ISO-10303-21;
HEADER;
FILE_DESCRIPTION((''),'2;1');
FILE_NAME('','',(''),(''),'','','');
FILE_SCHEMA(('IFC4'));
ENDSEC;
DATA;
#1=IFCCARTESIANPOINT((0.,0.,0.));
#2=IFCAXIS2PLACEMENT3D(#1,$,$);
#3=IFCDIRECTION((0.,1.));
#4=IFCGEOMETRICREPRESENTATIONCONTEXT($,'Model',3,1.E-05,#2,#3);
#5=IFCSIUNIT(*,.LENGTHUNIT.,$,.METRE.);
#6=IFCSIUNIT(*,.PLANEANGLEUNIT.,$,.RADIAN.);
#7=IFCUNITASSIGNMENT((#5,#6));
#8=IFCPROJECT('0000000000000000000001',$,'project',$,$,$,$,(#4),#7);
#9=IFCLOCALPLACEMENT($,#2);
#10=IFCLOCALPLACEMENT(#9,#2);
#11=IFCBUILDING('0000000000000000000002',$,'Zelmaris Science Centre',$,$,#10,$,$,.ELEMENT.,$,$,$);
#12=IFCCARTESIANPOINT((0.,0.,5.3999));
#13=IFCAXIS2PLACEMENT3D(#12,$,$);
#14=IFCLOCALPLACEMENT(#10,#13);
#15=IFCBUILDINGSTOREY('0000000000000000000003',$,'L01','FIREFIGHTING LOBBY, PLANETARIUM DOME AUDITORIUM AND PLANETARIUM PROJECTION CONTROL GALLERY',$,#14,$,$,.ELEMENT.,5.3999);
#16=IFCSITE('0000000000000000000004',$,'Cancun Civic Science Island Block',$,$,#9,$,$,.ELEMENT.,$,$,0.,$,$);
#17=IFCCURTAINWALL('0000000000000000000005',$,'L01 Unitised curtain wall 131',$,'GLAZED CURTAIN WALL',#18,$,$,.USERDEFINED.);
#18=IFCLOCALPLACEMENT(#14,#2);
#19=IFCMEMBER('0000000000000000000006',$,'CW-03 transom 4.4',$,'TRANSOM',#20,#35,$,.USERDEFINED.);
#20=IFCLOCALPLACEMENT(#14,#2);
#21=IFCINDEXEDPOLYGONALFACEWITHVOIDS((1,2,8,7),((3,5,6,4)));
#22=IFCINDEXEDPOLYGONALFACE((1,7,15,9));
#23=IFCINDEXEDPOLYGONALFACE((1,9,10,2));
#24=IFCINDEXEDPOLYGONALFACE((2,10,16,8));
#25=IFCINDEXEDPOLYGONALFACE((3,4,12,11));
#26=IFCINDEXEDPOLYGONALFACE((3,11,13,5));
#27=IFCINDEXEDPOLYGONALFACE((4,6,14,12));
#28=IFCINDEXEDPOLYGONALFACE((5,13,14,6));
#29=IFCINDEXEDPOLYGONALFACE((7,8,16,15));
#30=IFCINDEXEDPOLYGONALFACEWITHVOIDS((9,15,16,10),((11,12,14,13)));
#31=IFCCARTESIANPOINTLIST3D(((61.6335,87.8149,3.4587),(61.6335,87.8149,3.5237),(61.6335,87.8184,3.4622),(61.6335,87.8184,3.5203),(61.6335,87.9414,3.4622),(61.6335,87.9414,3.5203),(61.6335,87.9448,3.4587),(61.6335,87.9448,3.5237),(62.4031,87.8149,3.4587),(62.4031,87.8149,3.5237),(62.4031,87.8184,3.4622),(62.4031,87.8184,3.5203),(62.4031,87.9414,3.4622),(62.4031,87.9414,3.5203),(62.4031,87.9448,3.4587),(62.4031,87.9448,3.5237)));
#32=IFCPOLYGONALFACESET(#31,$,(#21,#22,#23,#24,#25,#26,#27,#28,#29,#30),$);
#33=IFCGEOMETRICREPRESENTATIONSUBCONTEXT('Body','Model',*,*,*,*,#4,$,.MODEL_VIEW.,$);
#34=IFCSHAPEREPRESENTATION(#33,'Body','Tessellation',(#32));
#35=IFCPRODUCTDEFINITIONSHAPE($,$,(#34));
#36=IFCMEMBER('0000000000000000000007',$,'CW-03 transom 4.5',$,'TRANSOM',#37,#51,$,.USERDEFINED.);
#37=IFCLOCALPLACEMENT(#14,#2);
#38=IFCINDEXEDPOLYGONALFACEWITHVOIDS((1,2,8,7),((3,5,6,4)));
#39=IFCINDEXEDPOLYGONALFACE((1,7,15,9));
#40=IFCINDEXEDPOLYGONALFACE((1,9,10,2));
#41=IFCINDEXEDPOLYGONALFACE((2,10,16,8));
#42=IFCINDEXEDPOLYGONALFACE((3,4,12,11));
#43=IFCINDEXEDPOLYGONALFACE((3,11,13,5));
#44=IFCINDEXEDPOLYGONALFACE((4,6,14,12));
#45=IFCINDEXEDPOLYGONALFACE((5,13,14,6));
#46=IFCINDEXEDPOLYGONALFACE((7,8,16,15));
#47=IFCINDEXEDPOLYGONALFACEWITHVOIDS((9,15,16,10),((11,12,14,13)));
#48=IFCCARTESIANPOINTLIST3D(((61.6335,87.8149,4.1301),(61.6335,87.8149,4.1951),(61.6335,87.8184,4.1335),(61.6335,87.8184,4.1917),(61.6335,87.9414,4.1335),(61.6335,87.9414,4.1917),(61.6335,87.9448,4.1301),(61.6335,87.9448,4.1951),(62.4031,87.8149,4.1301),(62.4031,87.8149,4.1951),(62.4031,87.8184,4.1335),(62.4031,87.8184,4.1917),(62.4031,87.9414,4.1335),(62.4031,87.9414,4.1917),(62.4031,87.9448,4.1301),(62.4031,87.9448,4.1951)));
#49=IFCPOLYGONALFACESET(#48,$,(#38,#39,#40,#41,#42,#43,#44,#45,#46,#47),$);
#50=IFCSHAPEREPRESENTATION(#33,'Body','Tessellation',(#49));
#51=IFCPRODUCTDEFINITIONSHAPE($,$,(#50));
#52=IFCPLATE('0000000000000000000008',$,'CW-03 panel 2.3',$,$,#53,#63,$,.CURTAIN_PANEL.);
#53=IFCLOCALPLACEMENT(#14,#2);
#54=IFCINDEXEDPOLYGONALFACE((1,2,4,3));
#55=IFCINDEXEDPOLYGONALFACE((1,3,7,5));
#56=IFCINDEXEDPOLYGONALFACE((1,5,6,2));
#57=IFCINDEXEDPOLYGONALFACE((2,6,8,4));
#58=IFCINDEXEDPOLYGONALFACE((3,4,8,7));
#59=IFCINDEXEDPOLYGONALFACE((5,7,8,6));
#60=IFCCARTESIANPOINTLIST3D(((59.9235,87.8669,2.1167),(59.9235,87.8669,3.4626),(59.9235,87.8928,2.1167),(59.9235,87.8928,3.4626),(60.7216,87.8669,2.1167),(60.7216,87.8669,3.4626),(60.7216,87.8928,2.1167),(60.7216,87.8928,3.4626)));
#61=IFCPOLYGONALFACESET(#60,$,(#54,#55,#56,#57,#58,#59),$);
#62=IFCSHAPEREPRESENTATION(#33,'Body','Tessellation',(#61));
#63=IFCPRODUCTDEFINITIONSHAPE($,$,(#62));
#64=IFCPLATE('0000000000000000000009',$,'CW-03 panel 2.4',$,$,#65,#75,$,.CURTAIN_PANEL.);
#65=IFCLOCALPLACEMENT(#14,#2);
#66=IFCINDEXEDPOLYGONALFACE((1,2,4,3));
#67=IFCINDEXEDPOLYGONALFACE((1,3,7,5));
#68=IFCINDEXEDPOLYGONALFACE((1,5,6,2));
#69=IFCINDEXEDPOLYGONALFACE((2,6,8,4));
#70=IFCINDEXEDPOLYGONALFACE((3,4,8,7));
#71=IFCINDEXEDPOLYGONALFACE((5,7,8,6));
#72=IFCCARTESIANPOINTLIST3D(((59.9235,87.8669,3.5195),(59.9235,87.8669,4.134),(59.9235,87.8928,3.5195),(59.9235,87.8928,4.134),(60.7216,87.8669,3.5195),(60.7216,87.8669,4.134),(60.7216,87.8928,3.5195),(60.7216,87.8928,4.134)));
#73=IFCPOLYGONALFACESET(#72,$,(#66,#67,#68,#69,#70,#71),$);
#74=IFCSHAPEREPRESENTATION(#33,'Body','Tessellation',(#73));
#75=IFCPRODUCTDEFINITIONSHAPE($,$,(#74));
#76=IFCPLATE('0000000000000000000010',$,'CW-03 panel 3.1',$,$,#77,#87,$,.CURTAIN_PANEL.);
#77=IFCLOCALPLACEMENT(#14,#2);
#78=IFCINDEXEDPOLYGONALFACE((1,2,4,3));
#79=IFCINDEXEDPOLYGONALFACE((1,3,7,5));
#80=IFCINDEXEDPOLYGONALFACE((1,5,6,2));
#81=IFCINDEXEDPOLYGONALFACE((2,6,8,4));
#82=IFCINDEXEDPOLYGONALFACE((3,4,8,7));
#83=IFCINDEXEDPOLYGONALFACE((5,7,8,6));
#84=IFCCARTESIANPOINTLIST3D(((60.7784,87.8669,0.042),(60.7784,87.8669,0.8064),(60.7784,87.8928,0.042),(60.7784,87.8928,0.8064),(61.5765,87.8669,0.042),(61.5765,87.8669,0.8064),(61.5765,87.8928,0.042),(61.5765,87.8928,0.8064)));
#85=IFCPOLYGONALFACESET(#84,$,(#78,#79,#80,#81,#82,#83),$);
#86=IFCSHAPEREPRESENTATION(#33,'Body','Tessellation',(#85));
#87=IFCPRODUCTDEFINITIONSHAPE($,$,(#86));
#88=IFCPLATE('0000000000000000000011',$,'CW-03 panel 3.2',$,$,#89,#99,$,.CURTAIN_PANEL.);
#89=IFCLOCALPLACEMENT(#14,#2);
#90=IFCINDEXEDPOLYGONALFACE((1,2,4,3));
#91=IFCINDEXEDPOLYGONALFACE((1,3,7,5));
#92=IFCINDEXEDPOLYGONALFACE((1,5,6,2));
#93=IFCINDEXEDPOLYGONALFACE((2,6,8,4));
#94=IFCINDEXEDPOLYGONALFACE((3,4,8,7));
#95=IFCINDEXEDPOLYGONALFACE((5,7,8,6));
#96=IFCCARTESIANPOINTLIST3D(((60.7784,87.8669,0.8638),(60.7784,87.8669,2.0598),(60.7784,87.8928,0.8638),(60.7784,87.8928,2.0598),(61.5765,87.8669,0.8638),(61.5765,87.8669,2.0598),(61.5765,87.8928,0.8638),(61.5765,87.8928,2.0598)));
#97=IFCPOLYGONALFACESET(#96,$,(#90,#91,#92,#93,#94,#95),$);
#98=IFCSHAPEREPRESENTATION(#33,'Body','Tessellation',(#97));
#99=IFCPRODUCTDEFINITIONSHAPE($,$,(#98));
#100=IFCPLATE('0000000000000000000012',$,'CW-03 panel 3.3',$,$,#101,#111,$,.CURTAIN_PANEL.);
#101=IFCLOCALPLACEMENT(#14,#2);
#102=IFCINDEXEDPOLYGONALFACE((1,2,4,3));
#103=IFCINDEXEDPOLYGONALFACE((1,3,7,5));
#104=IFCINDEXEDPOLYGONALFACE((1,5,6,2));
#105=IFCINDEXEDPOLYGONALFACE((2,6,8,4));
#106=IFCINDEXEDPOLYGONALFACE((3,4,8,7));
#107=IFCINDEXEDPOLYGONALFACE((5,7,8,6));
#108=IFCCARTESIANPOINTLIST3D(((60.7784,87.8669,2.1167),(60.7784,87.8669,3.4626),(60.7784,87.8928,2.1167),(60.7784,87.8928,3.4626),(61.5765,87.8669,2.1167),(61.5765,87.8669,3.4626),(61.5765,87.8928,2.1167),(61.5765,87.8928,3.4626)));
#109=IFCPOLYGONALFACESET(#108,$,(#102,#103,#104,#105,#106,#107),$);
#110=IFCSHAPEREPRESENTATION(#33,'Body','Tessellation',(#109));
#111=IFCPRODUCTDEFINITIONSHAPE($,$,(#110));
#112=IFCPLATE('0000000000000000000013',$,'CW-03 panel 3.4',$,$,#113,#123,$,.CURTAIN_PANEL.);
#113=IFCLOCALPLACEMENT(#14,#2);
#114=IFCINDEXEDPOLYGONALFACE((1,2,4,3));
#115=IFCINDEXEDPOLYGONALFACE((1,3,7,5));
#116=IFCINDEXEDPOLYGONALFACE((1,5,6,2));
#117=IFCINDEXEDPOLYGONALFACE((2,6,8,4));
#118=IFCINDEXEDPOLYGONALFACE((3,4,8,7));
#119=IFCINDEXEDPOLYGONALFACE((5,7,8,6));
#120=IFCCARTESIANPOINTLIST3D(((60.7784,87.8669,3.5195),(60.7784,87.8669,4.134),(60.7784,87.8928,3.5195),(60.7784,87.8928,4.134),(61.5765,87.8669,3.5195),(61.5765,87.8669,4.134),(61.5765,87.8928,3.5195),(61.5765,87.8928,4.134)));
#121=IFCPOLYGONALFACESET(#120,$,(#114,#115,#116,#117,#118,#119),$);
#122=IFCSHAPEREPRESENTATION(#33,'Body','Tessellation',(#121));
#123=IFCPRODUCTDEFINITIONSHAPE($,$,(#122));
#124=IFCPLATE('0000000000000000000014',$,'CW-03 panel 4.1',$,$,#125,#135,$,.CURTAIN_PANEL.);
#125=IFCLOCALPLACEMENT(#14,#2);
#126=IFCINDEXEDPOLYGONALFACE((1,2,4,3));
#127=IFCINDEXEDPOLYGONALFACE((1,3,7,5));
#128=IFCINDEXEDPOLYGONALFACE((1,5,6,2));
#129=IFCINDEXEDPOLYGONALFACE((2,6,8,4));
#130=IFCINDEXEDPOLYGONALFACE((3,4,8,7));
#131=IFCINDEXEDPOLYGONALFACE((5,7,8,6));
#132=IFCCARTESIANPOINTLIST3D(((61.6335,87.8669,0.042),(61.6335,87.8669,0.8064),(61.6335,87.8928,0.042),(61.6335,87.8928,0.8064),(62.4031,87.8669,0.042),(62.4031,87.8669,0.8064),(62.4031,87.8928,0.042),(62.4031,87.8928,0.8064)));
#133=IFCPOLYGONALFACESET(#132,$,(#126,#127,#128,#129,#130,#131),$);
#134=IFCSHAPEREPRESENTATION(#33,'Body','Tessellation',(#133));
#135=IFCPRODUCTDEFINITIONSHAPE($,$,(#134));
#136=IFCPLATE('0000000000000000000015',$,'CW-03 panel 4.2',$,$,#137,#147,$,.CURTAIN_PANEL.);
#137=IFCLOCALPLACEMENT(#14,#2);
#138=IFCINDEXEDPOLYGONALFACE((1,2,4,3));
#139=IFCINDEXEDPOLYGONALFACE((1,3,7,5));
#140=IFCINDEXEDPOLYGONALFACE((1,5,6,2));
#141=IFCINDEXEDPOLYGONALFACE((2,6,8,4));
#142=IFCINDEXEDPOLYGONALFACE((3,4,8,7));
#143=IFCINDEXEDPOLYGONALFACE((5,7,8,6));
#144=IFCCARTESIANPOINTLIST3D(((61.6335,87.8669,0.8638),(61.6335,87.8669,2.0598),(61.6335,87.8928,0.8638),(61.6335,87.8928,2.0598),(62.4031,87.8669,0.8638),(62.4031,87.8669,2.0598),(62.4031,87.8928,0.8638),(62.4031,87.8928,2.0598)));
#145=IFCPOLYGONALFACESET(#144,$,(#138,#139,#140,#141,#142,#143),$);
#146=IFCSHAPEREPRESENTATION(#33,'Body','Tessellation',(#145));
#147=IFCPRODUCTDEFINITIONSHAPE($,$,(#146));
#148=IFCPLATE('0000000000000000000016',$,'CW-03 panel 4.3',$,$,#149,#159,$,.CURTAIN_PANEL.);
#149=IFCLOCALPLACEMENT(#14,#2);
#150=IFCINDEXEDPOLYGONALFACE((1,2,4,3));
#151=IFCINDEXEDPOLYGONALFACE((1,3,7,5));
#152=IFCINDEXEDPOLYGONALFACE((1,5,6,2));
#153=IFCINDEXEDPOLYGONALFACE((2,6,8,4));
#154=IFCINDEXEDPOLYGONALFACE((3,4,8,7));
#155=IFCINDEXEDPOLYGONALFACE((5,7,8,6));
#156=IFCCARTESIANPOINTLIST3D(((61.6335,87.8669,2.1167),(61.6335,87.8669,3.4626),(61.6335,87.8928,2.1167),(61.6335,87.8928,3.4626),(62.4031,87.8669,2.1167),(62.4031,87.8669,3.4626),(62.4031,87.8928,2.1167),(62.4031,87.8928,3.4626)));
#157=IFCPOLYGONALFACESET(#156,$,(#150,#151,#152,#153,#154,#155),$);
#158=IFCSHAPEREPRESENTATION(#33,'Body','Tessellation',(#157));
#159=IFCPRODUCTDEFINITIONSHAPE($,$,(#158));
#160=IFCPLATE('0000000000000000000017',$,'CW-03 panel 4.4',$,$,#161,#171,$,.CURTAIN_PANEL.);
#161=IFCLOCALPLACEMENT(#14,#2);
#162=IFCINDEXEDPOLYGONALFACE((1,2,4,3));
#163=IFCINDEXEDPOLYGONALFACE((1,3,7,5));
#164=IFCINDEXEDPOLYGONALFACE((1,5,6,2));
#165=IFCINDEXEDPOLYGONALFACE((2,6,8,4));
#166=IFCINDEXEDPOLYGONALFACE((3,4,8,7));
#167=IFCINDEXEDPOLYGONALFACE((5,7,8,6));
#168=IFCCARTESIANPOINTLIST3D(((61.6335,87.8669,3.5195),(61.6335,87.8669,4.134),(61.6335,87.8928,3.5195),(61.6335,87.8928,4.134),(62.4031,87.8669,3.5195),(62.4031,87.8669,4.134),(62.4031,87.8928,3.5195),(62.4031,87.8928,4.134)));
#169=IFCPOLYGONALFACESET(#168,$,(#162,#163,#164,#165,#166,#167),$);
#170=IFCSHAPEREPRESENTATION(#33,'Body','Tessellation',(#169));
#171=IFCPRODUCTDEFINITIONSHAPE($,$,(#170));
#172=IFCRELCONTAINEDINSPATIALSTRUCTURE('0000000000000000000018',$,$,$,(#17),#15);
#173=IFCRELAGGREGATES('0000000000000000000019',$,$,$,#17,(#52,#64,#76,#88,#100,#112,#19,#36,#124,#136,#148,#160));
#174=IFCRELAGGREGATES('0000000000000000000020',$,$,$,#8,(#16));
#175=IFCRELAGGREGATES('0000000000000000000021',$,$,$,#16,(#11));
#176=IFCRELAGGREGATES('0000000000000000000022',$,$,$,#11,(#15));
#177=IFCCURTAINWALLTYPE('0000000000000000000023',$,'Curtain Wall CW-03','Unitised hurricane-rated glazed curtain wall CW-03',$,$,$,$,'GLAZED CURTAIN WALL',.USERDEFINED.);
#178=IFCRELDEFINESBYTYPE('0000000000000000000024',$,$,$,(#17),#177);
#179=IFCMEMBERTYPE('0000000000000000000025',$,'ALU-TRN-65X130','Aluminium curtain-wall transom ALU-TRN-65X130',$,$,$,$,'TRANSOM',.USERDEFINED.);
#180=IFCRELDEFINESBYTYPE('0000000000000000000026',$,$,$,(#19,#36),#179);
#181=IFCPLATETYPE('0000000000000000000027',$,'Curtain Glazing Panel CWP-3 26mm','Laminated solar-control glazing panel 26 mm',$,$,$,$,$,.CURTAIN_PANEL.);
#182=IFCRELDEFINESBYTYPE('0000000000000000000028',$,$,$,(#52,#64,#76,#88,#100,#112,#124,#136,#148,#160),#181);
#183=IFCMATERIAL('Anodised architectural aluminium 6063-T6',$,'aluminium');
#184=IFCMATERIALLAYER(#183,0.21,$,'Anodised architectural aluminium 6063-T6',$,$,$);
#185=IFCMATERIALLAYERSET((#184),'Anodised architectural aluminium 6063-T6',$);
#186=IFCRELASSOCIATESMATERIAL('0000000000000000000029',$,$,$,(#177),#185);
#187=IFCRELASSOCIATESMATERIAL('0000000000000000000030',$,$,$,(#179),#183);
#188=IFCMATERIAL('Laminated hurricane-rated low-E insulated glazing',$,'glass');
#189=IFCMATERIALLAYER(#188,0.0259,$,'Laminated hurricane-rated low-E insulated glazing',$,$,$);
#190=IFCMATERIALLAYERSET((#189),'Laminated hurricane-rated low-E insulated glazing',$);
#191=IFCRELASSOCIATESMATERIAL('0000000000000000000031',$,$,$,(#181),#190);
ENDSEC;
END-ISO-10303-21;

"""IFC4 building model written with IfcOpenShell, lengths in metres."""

from ifc_helpers import new_model, si_unit, direction, frame, origin, origin_2d, place, context, subcontext, project, spatial, rectangle, hollow_rectangle, extrude, material, layer, layer_set, material_profile, profile_set, type_object, element, aggregate, save


model = new_model("IFC4")

# Units and contexts
model_context = context("Model", 3, precision=1e-05, world=origin(), true_north=direction((0.0, 1.0)))
body_context = subcontext(model_context, "Body", "Model", "MODEL_VIEW")
ifc_project = project(units=[si_unit("LENGTHUNIT", "METRE"), si_unit("PLANEANGLEUNIT", "RADIAN")], contexts=[model_context])

# Site, building, storey
site_placement = place(None, origin())
site = spatial("IfcSite", under=ifc_project, at=site_placement, Name="Cancun Civic Science Island Block", CompositionType="ELEMENT", RefElevation=0.0)
building_placement = place(site_placement, origin())
building = spatial("IfcBuilding", under=site, at=building_placement, Name="Zelmaris Science Centre", CompositionType="ELEMENT")
storey_placement = place(building_placement, frame((0.0, 0.0, 5.3999)))
storey = spatial("IfcBuildingStorey", under=building, at=storey_placement, Name="L01", Description="FIREFIGHTING LOBBY, PLANETARIUM DOME AUDITORIUM AND PLANETARIUM PROJECTION CONTROL GALLERY", CompositionType="ELEMENT", Elevation=5.3999)

# Curtain wall, members, plates
ifc_material_1 = material(Name="Anodised architectural aluminium 6063-T6", Category="aluminium")
ifc_layer_1 = layer(ifc_material_1, 0.21, Name="Anodised architectural aluminium 6063-T6")
ifc_layer_set_1 = layer_set([ifc_layer_1], Name="Anodised architectural aluminium 6063-T6")
curtain_wall_type = type_object("IfcCurtainWallType", Name="Curtain Wall CW-03", Description="Unitised hurricane-rated glazed curtain wall CW-03", ElementType="GLAZED CURTAIN WALL", PredefinedType="USERDEFINED", material=ifc_layer_set_1)
curtain_wall_placement = place(storey_placement, origin())
curtain_wall = element("IfcCurtainWall", 1, at=curtain_wall_placement, inside=storey, type_object=curtain_wall_type, Name="L01 Unitised curtain wall 131", ObjectType="GLAZED CURTAIN WALL", PredefinedType="USERDEFINED")
ifc_material_profile_1 = material_profile(ifc_material_1, hollow_rectangle(XDim=0.0649, YDim=0.1299, WallThickness=0.0034, at=origin_2d()), Name="ALU-TRN-65X130")
ifc_profile_set_1 = profile_set([ifc_material_profile_1], Name="Anodised architectural aluminium 6063-T6")
member_type_1 = type_object("IfcMemberType", Name="ALU-TRN-65X130", Description="Aluminium curtain-wall transom ALU-TRN-65X130", ElementType="TRANSOM", PredefinedType="USERDEFINED", material=ifc_profile_set_1)
member_1_placement = place(storey_placement, frame((61.6335, 87.8799, 3.4912), z_axis=(1.0, 0.0, 0.0), x_axis=(0.0, 0.0, 1.0)))
member_1 = element("IfcMember", 2, at=member_1_placement, type_object=member_type_1, Name="CW-03 transom 4.4", ObjectType="TRANSOM", PredefinedType="USERDEFINED", context=body_context, shape_type="SweptSolid", body=[
    extrude(hollow_rectangle(XDim=0.0649, YDim=0.1299, WallThickness=0.0034, at=origin_2d()), origin(), (0.0, 0.0, 1.0), 0.7695),
])
member_2_placement = place(storey_placement, frame((61.6335, 87.8799, 4.1626), z_axis=(1.0, 0.0, 0.0), x_axis=(0.0, 0.0, 1.0)))
member_2 = element("IfcMember", 3, at=member_2_placement, type_object=member_type_1, Name="CW-03 transom 4.5", ObjectType="TRANSOM", PredefinedType="USERDEFINED", context=body_context, shape_type="SweptSolid", body=[
    extrude(hollow_rectangle(XDim=0.0649, YDim=0.1299, WallThickness=0.0034, at=origin_2d()), origin(), (0.0, 0.0, 1.0), 0.7695),
])
ifc_material_2 = material(Name="Laminated hurricane-rated low-E insulated glazing", Category="glass")
ifc_layer_2 = layer(ifc_material_2, 0.0259, Name="Laminated hurricane-rated low-E insulated glazing")
ifc_layer_set_2 = layer_set([ifc_layer_2], Name="Laminated hurricane-rated low-E insulated glazing")
plate_type = type_object("IfcPlateType", Name="Curtain Glazing Panel CWP-3 26mm", Description="Laminated solar-control glazing panel 26 mm", PredefinedType="CURTAIN_PANEL", material=ifc_layer_set_2)
plate_1_placement = place(storey_placement, frame((60.3225, 87.8799, 2.1167), z_axis=(0.0, 0.0, 1.0), x_axis=(1.0, 0.0, 0.0)))
plate_1 = element("IfcPlate", 4, at=plate_1_placement, type_object=plate_type, Name="CW-03 panel 2.3", PredefinedType="CURTAIN_PANEL", context=body_context, shape_type="SweptSolid", body=[
    extrude(rectangle(XDim=0.7981, YDim=0.0259, at=origin_2d()), origin(), (0.0, 0.0, 1.0), 1.3459),
])
plate_2_placement = place(storey_placement, frame((60.3225, 87.8799, 3.5195), z_axis=(0.0, 0.0, 1.0), x_axis=(1.0, 0.0, 0.0)))
plate_2 = element("IfcPlate", 5, at=plate_2_placement, type_object=plate_type, Name="CW-03 panel 2.4", PredefinedType="CURTAIN_PANEL", context=body_context, shape_type="SweptSolid", body=[
    extrude(rectangle(XDim=0.7981, YDim=0.0259, at=origin_2d()), origin(), (0.0, 0.0, 1.0), 0.6145),
])
plate_3_placement = place(storey_placement, frame((61.1775, 87.8799, 0.042), z_axis=(0.0, 0.0, 1.0), x_axis=(1.0, 0.0, 0.0)))
plate_3 = element("IfcPlate", 6, at=plate_3_placement, type_object=plate_type, Name="CW-03 panel 3.1", PredefinedType="CURTAIN_PANEL", context=body_context, shape_type="SweptSolid", body=[
    extrude(rectangle(XDim=0.7981, YDim=0.0259, at=origin_2d()), origin(), (0.0, 0.0, 1.0), 0.7644),
])
plate_4_placement = place(storey_placement, frame((61.1775, 87.8799, 0.8638), z_axis=(0.0, 0.0, 1.0), x_axis=(1.0, 0.0, 0.0)))
plate_4 = element("IfcPlate", 7, at=plate_4_placement, type_object=plate_type, Name="CW-03 panel 3.2", PredefinedType="CURTAIN_PANEL", context=body_context, shape_type="SweptSolid", body=[
    extrude(rectangle(XDim=0.7981, YDim=0.0259, at=origin_2d()), origin(), (0.0, 0.0, 1.0), 1.196),
])
plate_5_placement = place(storey_placement, frame((61.1775, 87.8799, 2.1167), z_axis=(0.0, 0.0, 1.0), x_axis=(1.0, 0.0, 0.0)))
plate_5 = element("IfcPlate", 8, at=plate_5_placement, type_object=plate_type, Name="CW-03 panel 3.3", PredefinedType="CURTAIN_PANEL", context=body_context, shape_type="SweptSolid", body=[
    extrude(rectangle(XDim=0.7981, YDim=0.0259, at=origin_2d()), origin(), (0.0, 0.0, 1.0), 1.3459),
])
plate_6_placement = place(storey_placement, frame((61.1775, 87.8799, 3.5195), z_axis=(0.0, 0.0, 1.0), x_axis=(1.0, 0.0, 0.0)))
plate_6 = element("IfcPlate", 9, at=plate_6_placement, type_object=plate_type, Name="CW-03 panel 3.4", PredefinedType="CURTAIN_PANEL", context=body_context, shape_type="SweptSolid", body=[
    extrude(rectangle(XDim=0.7981, YDim=0.0259, at=origin_2d()), origin(), (0.0, 0.0, 1.0), 0.6145),
])
plate_7_placement = place(storey_placement, frame((62.0183, 87.8799, 0.042), z_axis=(0.0, 0.0, 1.0), x_axis=(1.0, 0.0, 0.0)))
plate_7 = element("IfcPlate", 10, at=plate_7_placement, type_object=plate_type, Name="CW-03 panel 4.1", PredefinedType="CURTAIN_PANEL", context=body_context, shape_type="SweptSolid", body=[
    extrude(rectangle(XDim=0.7695, YDim=0.0259, at=origin_2d()), origin(), (0.0, 0.0, 1.0), 0.7644),
])
plate_8_placement = place(storey_placement, frame((62.0183, 87.8799, 0.8638), z_axis=(0.0, 0.0, 1.0), x_axis=(1.0, 0.0, 0.0)))
plate_8 = element("IfcPlate", 11, at=plate_8_placement, type_object=plate_type, Name="CW-03 panel 4.2", PredefinedType="CURTAIN_PANEL", context=body_context, shape_type="SweptSolid", body=[
    extrude(rectangle(XDim=0.7695, YDim=0.0259, at=origin_2d()), origin(), (0.0, 0.0, 1.0), 1.196),
])
plate_9_placement = place(storey_placement, frame((62.0183, 87.8799, 2.1167), z_axis=(0.0, 0.0, 1.0), x_axis=(1.0, 0.0, 0.0)))
plate_9 = element("IfcPlate", 12, at=plate_9_placement, type_object=plate_type, Name="CW-03 panel 4.3", PredefinedType="CURTAIN_PANEL", context=body_context, shape_type="SweptSolid", body=[
    extrude(rectangle(XDim=0.7695, YDim=0.0259, at=origin_2d()), origin(), (0.0, 0.0, 1.0), 1.3459),
])
plate_10_placement = place(storey_placement, frame((62.0183, 87.8799, 3.5195), z_axis=(0.0, 0.0, 1.0), x_axis=(1.0, 0.0, 0.0)))
plate_10 = element("IfcPlate", 13, at=plate_10_placement, type_object=plate_type, Name="CW-03 panel 4.4", PredefinedType="CURTAIN_PANEL", context=body_context, shape_type="SweptSolid", body=[
    extrude(rectangle(XDim=0.7695, YDim=0.0259, at=origin_2d()), origin(), (0.0, 0.0, 1.0), 0.6145),
])
aggregate(curtain_wall, [plate_1, plate_2, plate_3, plate_4, plate_5, plate_6, member_1, member_2, plate_7, plate_8, plate_9, plate_10])

save(model, "model.ifc")
